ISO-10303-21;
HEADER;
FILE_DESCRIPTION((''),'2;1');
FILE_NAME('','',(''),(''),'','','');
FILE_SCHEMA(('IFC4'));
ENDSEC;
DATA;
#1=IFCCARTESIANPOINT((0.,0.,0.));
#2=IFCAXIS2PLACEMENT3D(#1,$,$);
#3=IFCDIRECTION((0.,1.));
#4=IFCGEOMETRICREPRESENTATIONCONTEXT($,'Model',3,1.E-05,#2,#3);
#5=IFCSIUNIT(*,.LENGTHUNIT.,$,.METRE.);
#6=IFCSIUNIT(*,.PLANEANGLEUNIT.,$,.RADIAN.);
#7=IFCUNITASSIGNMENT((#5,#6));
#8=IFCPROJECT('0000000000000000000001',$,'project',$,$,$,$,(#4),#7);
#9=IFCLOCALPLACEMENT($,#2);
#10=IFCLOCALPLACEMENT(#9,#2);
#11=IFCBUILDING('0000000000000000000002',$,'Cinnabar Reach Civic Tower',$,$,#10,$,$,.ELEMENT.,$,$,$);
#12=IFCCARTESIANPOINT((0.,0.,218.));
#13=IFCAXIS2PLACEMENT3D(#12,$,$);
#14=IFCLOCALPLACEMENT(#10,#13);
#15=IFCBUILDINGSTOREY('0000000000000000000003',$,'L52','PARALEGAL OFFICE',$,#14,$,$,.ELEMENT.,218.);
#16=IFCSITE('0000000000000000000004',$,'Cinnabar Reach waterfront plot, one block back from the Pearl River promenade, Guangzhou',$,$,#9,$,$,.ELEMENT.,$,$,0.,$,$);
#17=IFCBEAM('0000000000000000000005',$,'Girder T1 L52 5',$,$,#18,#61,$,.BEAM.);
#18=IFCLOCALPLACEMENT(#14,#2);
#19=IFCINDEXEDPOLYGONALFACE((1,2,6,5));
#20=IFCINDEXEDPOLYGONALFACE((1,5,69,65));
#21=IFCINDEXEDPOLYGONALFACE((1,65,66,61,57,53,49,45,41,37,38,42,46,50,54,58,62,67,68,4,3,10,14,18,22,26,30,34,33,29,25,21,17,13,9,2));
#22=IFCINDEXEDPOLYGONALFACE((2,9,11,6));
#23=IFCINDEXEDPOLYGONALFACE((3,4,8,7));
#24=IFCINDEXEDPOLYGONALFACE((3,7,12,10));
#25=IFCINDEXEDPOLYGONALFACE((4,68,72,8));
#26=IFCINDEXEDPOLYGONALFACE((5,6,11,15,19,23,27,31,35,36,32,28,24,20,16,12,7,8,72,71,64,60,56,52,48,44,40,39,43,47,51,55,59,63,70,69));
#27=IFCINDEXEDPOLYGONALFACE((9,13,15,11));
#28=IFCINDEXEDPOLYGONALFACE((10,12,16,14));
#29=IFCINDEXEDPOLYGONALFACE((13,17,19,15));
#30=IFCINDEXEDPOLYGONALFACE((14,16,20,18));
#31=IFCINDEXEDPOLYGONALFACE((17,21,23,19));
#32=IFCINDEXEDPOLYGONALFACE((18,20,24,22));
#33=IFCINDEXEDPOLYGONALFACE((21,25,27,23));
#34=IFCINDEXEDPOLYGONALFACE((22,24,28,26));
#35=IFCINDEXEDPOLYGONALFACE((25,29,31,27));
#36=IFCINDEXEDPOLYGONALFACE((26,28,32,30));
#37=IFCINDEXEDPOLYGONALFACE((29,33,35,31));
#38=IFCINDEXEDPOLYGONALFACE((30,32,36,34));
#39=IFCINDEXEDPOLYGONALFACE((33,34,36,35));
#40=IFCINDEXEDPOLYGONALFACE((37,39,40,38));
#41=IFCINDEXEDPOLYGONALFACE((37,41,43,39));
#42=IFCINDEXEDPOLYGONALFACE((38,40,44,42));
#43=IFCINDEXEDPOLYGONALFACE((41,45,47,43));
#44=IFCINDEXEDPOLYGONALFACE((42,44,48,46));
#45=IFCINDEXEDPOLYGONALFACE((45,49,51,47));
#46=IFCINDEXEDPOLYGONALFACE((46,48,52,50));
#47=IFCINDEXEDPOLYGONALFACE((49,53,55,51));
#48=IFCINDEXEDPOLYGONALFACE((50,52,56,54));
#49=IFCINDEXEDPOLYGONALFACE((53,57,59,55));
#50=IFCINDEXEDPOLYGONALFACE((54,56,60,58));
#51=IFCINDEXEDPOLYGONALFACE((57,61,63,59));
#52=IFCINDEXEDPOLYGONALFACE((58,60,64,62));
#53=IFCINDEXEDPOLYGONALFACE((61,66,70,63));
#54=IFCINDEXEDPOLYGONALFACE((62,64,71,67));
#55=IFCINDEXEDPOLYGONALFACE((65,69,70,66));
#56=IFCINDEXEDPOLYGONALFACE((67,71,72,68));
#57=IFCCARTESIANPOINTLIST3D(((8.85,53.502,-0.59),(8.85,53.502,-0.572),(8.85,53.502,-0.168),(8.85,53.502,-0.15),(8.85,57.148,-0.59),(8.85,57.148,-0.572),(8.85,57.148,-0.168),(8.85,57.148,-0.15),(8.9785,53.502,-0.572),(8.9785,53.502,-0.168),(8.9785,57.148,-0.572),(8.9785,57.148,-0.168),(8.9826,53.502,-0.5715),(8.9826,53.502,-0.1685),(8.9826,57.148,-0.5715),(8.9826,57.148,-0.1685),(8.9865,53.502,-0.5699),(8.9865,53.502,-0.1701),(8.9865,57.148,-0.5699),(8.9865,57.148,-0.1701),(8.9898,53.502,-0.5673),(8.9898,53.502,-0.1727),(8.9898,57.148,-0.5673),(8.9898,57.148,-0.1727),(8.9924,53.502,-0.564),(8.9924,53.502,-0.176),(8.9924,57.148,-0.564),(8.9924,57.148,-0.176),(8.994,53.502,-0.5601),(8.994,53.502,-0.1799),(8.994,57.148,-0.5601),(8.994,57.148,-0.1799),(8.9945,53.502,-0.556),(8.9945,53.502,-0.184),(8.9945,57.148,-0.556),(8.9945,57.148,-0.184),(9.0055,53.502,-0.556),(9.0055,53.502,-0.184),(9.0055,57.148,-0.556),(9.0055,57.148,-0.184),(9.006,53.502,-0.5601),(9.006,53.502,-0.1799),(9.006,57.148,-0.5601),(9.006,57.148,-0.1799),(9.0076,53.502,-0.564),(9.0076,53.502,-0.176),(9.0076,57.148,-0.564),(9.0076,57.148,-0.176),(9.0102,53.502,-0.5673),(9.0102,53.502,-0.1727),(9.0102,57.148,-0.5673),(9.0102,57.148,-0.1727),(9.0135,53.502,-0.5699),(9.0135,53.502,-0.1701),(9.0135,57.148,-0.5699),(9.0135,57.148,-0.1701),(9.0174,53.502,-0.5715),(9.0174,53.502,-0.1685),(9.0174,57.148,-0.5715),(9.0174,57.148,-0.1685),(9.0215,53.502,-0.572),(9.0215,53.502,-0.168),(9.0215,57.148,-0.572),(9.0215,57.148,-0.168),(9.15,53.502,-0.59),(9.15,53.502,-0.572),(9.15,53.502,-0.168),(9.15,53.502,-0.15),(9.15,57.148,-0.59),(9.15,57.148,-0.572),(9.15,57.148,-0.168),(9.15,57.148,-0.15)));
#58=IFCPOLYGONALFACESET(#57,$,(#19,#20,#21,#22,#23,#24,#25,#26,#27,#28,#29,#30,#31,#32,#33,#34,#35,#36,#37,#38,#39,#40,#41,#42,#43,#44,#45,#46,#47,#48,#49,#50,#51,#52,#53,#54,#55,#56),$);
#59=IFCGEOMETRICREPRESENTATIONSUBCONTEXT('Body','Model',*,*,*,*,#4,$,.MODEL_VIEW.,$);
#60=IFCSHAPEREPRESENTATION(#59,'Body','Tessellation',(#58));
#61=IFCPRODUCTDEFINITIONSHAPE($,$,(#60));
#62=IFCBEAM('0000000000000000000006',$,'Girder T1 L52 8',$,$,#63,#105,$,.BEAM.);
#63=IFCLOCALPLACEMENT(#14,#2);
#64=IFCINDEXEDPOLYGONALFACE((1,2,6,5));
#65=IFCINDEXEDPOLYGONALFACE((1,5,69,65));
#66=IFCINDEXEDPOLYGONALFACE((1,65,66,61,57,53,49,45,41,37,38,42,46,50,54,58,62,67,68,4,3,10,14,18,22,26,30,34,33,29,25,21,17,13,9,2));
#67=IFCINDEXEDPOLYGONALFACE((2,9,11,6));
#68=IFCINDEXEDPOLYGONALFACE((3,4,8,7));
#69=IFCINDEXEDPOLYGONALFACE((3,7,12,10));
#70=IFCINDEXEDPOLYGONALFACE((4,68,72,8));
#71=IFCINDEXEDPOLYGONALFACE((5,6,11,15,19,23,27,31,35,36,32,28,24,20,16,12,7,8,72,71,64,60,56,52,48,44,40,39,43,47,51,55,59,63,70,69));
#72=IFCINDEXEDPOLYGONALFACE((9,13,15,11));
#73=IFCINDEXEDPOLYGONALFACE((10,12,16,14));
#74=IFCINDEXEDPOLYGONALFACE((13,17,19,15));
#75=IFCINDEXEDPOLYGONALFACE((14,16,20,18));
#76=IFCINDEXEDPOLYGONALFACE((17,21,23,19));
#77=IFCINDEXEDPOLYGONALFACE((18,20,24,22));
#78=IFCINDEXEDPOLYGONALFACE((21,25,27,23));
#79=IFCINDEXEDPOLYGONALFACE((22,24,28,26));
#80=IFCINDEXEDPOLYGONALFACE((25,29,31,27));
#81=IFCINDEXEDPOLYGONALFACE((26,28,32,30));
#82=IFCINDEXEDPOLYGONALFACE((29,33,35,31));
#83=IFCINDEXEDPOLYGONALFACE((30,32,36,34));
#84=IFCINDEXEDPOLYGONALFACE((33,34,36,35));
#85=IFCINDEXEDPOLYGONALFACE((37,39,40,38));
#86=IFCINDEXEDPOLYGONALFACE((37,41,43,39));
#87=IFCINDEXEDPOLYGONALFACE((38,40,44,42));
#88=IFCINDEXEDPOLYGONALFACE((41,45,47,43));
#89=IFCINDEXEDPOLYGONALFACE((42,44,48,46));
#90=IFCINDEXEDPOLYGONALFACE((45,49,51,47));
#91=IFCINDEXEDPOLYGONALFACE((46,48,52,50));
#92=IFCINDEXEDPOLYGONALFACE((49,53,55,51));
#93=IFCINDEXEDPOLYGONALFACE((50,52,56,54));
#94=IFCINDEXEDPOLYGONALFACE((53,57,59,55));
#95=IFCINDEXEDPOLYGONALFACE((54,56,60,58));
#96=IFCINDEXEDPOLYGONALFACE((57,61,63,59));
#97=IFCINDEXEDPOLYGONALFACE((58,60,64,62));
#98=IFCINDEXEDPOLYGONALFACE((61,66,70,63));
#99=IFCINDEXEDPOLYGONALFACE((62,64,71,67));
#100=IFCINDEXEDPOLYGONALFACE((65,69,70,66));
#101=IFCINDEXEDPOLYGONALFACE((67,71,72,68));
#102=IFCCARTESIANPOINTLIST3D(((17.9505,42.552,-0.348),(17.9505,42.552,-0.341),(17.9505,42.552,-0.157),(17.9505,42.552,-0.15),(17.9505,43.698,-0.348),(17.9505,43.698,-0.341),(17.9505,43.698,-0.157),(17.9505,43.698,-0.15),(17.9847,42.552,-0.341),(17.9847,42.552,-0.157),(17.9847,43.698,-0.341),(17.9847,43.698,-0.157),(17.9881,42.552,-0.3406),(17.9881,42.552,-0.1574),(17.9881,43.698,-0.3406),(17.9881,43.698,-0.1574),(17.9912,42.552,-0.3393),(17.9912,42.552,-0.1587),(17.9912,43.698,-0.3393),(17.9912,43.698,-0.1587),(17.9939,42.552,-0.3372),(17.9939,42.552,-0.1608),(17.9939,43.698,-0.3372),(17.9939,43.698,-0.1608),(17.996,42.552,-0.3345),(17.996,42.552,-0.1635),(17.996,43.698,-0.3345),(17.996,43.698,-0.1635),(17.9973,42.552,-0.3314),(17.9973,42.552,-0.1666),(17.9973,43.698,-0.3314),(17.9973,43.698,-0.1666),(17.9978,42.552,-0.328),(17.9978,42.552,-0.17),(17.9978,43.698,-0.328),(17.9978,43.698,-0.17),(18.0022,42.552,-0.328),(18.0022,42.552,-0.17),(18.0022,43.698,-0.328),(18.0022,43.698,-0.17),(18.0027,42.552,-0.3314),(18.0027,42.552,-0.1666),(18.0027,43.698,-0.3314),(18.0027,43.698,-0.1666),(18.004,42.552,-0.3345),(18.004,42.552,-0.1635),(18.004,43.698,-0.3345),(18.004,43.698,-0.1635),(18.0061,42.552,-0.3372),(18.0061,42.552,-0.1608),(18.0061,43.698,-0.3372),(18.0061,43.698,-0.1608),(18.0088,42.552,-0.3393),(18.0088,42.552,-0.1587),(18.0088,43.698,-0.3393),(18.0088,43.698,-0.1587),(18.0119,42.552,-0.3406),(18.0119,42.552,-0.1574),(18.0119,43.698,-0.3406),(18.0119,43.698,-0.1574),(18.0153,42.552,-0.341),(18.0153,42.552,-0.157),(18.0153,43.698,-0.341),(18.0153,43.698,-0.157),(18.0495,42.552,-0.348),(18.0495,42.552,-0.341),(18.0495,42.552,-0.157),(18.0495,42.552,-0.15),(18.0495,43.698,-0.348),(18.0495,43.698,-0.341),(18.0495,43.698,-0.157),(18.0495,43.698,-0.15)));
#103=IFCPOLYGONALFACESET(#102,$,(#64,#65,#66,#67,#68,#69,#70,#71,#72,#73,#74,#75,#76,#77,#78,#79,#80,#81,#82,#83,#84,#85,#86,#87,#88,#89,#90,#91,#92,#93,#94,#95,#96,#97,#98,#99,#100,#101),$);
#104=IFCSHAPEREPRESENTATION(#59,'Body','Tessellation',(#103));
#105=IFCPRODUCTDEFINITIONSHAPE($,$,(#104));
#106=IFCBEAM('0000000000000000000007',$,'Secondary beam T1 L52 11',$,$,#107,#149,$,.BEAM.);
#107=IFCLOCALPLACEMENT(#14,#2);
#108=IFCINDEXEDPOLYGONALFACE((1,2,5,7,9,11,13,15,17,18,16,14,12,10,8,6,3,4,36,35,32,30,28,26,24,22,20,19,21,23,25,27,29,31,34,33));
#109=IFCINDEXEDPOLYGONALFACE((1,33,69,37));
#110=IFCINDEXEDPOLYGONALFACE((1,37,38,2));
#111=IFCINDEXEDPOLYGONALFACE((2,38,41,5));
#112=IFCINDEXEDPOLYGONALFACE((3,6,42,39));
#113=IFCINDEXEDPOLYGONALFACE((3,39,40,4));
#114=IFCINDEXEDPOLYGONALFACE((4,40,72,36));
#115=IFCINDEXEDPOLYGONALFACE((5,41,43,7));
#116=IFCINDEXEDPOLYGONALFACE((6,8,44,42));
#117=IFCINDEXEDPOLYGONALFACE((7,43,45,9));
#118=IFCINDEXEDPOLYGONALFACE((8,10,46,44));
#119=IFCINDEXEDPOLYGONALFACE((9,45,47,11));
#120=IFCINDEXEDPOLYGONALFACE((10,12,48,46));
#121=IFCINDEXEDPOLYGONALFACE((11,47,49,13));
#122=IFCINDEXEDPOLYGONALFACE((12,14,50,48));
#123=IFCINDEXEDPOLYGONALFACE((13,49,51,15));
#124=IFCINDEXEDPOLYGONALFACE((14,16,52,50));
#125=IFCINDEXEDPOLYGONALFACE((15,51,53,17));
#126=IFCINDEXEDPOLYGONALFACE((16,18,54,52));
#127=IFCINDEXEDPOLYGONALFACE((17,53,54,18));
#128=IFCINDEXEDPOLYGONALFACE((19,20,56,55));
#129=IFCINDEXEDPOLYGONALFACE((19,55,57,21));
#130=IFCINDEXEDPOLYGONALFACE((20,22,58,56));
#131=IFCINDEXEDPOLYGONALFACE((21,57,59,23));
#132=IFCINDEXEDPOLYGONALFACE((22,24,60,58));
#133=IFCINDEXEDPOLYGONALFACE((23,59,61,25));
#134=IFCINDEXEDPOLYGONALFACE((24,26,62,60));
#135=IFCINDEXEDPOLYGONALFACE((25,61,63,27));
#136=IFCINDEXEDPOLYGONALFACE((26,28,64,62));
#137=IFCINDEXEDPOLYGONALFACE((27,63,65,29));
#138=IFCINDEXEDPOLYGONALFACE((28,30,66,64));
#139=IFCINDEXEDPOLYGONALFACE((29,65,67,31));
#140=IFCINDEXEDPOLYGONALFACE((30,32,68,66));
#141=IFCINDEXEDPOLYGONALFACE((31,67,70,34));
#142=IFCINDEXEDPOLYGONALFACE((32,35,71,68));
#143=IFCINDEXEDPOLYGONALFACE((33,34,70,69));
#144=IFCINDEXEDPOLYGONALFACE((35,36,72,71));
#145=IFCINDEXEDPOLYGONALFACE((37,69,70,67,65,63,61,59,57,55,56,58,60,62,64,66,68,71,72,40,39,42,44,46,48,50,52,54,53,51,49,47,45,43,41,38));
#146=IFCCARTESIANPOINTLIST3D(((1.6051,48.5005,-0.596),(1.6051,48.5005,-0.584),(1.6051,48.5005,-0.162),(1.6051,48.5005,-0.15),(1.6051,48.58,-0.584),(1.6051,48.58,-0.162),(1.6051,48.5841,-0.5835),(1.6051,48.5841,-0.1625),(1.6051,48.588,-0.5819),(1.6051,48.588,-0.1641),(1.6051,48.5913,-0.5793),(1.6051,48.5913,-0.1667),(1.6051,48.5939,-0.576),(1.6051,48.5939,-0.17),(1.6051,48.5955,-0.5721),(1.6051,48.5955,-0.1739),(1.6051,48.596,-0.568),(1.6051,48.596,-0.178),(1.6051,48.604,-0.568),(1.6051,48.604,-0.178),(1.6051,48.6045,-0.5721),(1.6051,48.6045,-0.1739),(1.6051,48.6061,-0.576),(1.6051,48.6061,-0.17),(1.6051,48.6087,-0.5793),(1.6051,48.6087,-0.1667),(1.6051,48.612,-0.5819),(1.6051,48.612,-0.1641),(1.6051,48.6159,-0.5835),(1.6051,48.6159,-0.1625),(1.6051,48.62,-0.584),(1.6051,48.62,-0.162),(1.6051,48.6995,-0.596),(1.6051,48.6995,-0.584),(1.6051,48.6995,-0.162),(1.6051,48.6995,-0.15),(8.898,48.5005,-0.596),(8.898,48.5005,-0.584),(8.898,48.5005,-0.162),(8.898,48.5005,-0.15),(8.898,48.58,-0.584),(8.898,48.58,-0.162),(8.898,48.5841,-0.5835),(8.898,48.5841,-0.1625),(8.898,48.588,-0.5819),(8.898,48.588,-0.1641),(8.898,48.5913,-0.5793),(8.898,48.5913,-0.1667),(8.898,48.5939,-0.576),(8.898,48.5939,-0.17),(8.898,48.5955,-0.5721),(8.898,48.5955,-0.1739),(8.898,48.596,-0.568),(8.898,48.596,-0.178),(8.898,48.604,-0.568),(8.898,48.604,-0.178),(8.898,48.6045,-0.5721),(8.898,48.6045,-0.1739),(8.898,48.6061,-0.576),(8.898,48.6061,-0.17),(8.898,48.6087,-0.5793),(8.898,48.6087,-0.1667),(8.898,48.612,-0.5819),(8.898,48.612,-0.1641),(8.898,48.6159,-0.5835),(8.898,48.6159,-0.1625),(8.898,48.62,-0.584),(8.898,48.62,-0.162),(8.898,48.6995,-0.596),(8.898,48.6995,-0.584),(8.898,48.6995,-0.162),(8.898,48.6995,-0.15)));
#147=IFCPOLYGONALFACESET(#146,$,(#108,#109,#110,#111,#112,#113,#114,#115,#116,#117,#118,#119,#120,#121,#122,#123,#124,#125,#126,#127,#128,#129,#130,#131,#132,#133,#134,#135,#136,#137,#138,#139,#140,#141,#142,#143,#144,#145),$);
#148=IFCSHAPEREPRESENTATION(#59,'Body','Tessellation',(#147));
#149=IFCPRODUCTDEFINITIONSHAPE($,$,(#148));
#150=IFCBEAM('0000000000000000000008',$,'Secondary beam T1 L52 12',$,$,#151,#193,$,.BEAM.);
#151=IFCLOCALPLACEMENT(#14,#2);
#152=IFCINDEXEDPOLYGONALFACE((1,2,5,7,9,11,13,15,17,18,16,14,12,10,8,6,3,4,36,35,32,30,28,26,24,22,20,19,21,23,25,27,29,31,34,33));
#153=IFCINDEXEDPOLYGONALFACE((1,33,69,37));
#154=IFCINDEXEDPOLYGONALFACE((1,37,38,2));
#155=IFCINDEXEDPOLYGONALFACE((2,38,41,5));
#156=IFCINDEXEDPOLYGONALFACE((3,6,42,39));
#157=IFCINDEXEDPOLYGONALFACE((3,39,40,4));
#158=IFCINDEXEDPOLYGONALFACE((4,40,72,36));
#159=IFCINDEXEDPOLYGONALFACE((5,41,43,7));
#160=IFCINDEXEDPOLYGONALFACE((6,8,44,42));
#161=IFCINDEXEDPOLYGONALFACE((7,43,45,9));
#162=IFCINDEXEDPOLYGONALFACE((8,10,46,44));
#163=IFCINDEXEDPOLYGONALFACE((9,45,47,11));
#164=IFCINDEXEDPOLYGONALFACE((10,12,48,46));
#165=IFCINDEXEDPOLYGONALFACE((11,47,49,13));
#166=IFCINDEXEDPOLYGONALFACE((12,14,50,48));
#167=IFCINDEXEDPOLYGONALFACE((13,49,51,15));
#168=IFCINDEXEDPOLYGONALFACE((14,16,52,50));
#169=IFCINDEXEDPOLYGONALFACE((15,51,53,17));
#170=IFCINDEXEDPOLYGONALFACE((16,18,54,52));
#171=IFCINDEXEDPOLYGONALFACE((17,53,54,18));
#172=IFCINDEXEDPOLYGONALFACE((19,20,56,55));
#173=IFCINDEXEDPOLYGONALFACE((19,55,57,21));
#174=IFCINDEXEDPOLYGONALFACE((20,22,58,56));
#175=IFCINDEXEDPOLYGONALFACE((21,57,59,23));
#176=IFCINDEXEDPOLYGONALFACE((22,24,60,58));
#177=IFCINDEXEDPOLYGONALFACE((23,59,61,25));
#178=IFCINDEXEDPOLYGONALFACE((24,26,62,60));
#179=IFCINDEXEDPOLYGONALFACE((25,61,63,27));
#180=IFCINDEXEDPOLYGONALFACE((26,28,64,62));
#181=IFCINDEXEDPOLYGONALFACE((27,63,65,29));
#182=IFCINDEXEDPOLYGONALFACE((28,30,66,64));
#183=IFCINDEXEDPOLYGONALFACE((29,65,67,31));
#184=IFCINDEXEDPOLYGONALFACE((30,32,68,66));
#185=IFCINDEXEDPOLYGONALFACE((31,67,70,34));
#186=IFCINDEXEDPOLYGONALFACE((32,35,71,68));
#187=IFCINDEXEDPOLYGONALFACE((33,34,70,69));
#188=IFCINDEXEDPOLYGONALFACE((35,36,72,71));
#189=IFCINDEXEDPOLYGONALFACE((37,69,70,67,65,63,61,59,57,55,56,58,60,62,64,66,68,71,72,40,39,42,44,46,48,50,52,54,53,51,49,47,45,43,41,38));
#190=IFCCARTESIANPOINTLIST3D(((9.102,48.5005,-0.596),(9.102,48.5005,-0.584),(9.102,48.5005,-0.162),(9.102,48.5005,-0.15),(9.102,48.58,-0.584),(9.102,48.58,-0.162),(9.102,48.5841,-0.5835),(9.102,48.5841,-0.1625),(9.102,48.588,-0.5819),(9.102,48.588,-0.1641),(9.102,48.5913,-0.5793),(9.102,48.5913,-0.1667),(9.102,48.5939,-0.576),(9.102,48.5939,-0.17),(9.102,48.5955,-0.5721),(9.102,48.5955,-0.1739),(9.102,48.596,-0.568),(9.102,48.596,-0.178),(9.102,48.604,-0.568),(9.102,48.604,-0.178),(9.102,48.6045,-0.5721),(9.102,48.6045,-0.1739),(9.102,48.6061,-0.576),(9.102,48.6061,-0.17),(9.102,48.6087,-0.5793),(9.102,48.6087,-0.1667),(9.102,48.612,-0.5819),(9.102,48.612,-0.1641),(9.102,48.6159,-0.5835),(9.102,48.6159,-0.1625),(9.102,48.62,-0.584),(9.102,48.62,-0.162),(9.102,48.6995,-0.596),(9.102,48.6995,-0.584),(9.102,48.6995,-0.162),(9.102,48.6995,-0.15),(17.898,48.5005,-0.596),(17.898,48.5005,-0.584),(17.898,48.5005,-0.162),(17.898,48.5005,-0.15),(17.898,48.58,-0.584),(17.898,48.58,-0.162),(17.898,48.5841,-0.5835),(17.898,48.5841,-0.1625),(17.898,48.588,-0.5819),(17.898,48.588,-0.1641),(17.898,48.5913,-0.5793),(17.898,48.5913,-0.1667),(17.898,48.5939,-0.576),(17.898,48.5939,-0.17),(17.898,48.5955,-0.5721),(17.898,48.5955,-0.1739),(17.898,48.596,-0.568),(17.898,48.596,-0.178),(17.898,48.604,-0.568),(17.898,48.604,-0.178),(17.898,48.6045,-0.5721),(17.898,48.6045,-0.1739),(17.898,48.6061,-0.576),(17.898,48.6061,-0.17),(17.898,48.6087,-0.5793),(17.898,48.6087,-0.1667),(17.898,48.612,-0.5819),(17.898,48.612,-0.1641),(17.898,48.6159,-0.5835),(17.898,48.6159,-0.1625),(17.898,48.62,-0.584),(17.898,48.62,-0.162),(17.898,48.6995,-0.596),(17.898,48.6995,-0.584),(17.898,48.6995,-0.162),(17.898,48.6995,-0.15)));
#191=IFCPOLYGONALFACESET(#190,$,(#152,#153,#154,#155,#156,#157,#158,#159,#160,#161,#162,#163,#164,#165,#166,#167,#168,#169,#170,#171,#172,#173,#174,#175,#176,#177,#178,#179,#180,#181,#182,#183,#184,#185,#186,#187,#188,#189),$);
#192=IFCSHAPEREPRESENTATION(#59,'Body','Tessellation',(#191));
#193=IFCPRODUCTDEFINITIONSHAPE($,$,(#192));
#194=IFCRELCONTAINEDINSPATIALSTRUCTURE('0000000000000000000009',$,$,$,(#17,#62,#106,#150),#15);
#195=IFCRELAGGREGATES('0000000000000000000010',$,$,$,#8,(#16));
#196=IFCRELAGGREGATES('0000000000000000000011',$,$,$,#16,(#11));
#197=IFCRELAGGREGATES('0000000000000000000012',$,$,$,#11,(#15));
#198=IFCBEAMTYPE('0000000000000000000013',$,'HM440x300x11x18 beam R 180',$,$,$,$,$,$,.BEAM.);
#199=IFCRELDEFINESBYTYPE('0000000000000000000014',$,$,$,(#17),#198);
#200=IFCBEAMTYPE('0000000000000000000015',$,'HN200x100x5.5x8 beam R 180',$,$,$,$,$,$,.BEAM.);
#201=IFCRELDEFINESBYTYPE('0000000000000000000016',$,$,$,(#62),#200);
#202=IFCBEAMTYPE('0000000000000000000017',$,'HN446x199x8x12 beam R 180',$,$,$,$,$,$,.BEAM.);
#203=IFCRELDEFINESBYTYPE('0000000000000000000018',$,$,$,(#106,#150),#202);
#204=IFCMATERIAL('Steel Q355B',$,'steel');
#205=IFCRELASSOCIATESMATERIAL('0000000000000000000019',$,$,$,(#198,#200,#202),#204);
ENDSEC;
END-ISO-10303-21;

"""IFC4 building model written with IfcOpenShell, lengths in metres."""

from ifc_helpers import new_model, si_unit, direction, frame, origin, origin_2d, place, context, subcontext, project, spatial, i_section, extrude, material, material_profile, profile_set, type_object, element, save


model = new_model("IFC4")

# Units and contexts
model_context = context("Model", 3, precision=1e-05, world=origin(), true_north=direction((0.0, 1.0)))
body_context = subcontext(model_context, "Body", "Model", "MODEL_VIEW")
ifc_project = project(units=[si_unit("LENGTHUNIT", "METRE"), si_unit("PLANEANGLEUNIT", "RADIAN")], contexts=[model_context])

# Site, building, storey
site_placement = place(None, origin())
site = spatial("IfcSite", under=ifc_project, at=site_placement, Name="Cinnabar Reach waterfront plot, one block back from the Pearl River promenade, Guangzhou", CompositionType="ELEMENT", RefElevation=0.0)
building_placement = place(site_placement, origin())
building = spatial("IfcBuilding", under=site, at=building_placement, Name="Cinnabar Reach Civic Tower", CompositionType="ELEMENT")
storey_placement = place(building_placement, frame((0.0, 0.0, 218.0)))
storey = spatial("IfcBuildingStorey", under=building, at=storey_placement, Name="L52", Description="PARALEGAL OFFICE", CompositionType="ELEMENT", Elevation=218.0)

# Beams
ifc_material_1 = material(Name="Steel Q355B", Category="steel")
ifc_material_profile_1 = material_profile(ifc_material_1, i_section(OverallWidth=0.3, OverallDepth=0.44, WebThickness=0.011, FlangeThickness=0.018, FilletRadius=0.016, at=origin_2d()), Name="HM440x300x11x18")
ifc_profile_set_1 = profile_set([ifc_material_profile_1], Name="Steel Q355B")
beam_type_1 = type_object("IfcBeamType", Name="HM440x300x11x18 beam R 180", PredefinedType="BEAM", material=ifc_profile_set_1)
beam_1_placement = place(storey_placement, frame((9.0, 53.502, -0.37), z_axis=(0.0, 1.0, 0.0), x_axis=(-1.0, 0.0, 0.0)))
element("IfcBeam", 1, at=beam_1_placement, inside=storey, type_object=beam_type_1, Name="Girder T1 L52 5", PredefinedType="BEAM", context=body_context, shape_type="SweptSolid", body=[
    extrude(i_section(OverallWidth=0.3, OverallDepth=0.44, WebThickness=0.011, FlangeThickness=0.018, FilletRadius=0.016, at=origin_2d()), origin(), (0.0, 0.0, 1.0), 3.646),
])
ifc_material_profile_2 = material_profile(ifc_material_1, i_section(OverallWidth=0.099, OverallDepth=0.198, WebThickness=0.0045, FlangeThickness=0.007, FilletRadius=0.013, at=origin_2d()), Name="HN200x100x5.5x8")
ifc_profile_set_2 = profile_set([ifc_material_profile_2], Name="Steel Q355B")
beam_type_2 = type_object("IfcBeamType", Name="HN200x100x5.5x8 beam R 180", PredefinedType="BEAM", material=ifc_profile_set_2)
beam_2_placement = place(storey_placement, frame((18.0, 42.552, -0.249), z_axis=(0.0, 1.0, 0.0), x_axis=(-1.0, 0.0, 0.0)))
element("IfcBeam", 2, at=beam_2_placement, inside=storey, type_object=beam_type_2, Name="Girder T1 L52 8", PredefinedType="BEAM", context=body_context, shape_type="SweptSolid", body=[
    extrude(i_section(OverallWidth=0.099, OverallDepth=0.198, WebThickness=0.0045, FlangeThickness=0.007, FilletRadius=0.013, at=origin_2d()), origin(), (0.0, 0.0, 1.0), 1.146),
])
ifc_material_profile_3 = material_profile(ifc_material_1, i_section(OverallWidth=0.199, OverallDepth=0.446, WebThickness=0.008, FlangeThickness=0.012, FilletRadius=0.016, at=origin_2d()), Name="HN446x199x8x12")
ifc_profile_set_3 = profile_set([ifc_material_profile_3], Name="Steel Q355B")
beam_type_3 = type_object("IfcBeamType", Name="HN446x199x8x12 beam R 180", PredefinedType="BEAM", material=ifc_profile_set_3)
beam_3_placement = place(storey_placement, frame((1.6051, 48.6, -0.373), z_axis=(1.0, 0.0, 0.0), x_axis=(0.0, 1.0, 0.0)))
element("IfcBeam", 3, at=beam_3_placement, inside=storey, type_object=beam_type_3, Name="Secondary beam T1 L52 11", PredefinedType="BEAM", context=body_context, shape_type="SweptSolid", body=[
    extrude(i_section(OverallWidth=0.199, OverallDepth=0.446, WebThickness=0.008, FlangeThickness=0.012, FilletRadius=0.016, at=origin_2d()), origin(), (0.0, 0.0, 1.0), 7.2929),
])
beam_4_placement = place(storey_placement, frame((9.102, 48.6, -0.373), z_axis=(1.0, 0.0, 0.0), x_axis=(0.0, 1.0, 0.0)))
element("IfcBeam", 4, at=beam_4_placement, inside=storey, type_object=beam_type_3, Name="Secondary beam T1 L52 12", PredefinedType="BEAM", context=body_context, shape_type="SweptSolid", body=[
    extrude(i_section(OverallWidth=0.199, OverallDepth=0.446, WebThickness=0.008, FlangeThickness=0.012, FilletRadius=0.016, at=origin_2d()), origin(), (0.0, 0.0, 1.0), 8.796),
])

save(model, "model.ifc")
